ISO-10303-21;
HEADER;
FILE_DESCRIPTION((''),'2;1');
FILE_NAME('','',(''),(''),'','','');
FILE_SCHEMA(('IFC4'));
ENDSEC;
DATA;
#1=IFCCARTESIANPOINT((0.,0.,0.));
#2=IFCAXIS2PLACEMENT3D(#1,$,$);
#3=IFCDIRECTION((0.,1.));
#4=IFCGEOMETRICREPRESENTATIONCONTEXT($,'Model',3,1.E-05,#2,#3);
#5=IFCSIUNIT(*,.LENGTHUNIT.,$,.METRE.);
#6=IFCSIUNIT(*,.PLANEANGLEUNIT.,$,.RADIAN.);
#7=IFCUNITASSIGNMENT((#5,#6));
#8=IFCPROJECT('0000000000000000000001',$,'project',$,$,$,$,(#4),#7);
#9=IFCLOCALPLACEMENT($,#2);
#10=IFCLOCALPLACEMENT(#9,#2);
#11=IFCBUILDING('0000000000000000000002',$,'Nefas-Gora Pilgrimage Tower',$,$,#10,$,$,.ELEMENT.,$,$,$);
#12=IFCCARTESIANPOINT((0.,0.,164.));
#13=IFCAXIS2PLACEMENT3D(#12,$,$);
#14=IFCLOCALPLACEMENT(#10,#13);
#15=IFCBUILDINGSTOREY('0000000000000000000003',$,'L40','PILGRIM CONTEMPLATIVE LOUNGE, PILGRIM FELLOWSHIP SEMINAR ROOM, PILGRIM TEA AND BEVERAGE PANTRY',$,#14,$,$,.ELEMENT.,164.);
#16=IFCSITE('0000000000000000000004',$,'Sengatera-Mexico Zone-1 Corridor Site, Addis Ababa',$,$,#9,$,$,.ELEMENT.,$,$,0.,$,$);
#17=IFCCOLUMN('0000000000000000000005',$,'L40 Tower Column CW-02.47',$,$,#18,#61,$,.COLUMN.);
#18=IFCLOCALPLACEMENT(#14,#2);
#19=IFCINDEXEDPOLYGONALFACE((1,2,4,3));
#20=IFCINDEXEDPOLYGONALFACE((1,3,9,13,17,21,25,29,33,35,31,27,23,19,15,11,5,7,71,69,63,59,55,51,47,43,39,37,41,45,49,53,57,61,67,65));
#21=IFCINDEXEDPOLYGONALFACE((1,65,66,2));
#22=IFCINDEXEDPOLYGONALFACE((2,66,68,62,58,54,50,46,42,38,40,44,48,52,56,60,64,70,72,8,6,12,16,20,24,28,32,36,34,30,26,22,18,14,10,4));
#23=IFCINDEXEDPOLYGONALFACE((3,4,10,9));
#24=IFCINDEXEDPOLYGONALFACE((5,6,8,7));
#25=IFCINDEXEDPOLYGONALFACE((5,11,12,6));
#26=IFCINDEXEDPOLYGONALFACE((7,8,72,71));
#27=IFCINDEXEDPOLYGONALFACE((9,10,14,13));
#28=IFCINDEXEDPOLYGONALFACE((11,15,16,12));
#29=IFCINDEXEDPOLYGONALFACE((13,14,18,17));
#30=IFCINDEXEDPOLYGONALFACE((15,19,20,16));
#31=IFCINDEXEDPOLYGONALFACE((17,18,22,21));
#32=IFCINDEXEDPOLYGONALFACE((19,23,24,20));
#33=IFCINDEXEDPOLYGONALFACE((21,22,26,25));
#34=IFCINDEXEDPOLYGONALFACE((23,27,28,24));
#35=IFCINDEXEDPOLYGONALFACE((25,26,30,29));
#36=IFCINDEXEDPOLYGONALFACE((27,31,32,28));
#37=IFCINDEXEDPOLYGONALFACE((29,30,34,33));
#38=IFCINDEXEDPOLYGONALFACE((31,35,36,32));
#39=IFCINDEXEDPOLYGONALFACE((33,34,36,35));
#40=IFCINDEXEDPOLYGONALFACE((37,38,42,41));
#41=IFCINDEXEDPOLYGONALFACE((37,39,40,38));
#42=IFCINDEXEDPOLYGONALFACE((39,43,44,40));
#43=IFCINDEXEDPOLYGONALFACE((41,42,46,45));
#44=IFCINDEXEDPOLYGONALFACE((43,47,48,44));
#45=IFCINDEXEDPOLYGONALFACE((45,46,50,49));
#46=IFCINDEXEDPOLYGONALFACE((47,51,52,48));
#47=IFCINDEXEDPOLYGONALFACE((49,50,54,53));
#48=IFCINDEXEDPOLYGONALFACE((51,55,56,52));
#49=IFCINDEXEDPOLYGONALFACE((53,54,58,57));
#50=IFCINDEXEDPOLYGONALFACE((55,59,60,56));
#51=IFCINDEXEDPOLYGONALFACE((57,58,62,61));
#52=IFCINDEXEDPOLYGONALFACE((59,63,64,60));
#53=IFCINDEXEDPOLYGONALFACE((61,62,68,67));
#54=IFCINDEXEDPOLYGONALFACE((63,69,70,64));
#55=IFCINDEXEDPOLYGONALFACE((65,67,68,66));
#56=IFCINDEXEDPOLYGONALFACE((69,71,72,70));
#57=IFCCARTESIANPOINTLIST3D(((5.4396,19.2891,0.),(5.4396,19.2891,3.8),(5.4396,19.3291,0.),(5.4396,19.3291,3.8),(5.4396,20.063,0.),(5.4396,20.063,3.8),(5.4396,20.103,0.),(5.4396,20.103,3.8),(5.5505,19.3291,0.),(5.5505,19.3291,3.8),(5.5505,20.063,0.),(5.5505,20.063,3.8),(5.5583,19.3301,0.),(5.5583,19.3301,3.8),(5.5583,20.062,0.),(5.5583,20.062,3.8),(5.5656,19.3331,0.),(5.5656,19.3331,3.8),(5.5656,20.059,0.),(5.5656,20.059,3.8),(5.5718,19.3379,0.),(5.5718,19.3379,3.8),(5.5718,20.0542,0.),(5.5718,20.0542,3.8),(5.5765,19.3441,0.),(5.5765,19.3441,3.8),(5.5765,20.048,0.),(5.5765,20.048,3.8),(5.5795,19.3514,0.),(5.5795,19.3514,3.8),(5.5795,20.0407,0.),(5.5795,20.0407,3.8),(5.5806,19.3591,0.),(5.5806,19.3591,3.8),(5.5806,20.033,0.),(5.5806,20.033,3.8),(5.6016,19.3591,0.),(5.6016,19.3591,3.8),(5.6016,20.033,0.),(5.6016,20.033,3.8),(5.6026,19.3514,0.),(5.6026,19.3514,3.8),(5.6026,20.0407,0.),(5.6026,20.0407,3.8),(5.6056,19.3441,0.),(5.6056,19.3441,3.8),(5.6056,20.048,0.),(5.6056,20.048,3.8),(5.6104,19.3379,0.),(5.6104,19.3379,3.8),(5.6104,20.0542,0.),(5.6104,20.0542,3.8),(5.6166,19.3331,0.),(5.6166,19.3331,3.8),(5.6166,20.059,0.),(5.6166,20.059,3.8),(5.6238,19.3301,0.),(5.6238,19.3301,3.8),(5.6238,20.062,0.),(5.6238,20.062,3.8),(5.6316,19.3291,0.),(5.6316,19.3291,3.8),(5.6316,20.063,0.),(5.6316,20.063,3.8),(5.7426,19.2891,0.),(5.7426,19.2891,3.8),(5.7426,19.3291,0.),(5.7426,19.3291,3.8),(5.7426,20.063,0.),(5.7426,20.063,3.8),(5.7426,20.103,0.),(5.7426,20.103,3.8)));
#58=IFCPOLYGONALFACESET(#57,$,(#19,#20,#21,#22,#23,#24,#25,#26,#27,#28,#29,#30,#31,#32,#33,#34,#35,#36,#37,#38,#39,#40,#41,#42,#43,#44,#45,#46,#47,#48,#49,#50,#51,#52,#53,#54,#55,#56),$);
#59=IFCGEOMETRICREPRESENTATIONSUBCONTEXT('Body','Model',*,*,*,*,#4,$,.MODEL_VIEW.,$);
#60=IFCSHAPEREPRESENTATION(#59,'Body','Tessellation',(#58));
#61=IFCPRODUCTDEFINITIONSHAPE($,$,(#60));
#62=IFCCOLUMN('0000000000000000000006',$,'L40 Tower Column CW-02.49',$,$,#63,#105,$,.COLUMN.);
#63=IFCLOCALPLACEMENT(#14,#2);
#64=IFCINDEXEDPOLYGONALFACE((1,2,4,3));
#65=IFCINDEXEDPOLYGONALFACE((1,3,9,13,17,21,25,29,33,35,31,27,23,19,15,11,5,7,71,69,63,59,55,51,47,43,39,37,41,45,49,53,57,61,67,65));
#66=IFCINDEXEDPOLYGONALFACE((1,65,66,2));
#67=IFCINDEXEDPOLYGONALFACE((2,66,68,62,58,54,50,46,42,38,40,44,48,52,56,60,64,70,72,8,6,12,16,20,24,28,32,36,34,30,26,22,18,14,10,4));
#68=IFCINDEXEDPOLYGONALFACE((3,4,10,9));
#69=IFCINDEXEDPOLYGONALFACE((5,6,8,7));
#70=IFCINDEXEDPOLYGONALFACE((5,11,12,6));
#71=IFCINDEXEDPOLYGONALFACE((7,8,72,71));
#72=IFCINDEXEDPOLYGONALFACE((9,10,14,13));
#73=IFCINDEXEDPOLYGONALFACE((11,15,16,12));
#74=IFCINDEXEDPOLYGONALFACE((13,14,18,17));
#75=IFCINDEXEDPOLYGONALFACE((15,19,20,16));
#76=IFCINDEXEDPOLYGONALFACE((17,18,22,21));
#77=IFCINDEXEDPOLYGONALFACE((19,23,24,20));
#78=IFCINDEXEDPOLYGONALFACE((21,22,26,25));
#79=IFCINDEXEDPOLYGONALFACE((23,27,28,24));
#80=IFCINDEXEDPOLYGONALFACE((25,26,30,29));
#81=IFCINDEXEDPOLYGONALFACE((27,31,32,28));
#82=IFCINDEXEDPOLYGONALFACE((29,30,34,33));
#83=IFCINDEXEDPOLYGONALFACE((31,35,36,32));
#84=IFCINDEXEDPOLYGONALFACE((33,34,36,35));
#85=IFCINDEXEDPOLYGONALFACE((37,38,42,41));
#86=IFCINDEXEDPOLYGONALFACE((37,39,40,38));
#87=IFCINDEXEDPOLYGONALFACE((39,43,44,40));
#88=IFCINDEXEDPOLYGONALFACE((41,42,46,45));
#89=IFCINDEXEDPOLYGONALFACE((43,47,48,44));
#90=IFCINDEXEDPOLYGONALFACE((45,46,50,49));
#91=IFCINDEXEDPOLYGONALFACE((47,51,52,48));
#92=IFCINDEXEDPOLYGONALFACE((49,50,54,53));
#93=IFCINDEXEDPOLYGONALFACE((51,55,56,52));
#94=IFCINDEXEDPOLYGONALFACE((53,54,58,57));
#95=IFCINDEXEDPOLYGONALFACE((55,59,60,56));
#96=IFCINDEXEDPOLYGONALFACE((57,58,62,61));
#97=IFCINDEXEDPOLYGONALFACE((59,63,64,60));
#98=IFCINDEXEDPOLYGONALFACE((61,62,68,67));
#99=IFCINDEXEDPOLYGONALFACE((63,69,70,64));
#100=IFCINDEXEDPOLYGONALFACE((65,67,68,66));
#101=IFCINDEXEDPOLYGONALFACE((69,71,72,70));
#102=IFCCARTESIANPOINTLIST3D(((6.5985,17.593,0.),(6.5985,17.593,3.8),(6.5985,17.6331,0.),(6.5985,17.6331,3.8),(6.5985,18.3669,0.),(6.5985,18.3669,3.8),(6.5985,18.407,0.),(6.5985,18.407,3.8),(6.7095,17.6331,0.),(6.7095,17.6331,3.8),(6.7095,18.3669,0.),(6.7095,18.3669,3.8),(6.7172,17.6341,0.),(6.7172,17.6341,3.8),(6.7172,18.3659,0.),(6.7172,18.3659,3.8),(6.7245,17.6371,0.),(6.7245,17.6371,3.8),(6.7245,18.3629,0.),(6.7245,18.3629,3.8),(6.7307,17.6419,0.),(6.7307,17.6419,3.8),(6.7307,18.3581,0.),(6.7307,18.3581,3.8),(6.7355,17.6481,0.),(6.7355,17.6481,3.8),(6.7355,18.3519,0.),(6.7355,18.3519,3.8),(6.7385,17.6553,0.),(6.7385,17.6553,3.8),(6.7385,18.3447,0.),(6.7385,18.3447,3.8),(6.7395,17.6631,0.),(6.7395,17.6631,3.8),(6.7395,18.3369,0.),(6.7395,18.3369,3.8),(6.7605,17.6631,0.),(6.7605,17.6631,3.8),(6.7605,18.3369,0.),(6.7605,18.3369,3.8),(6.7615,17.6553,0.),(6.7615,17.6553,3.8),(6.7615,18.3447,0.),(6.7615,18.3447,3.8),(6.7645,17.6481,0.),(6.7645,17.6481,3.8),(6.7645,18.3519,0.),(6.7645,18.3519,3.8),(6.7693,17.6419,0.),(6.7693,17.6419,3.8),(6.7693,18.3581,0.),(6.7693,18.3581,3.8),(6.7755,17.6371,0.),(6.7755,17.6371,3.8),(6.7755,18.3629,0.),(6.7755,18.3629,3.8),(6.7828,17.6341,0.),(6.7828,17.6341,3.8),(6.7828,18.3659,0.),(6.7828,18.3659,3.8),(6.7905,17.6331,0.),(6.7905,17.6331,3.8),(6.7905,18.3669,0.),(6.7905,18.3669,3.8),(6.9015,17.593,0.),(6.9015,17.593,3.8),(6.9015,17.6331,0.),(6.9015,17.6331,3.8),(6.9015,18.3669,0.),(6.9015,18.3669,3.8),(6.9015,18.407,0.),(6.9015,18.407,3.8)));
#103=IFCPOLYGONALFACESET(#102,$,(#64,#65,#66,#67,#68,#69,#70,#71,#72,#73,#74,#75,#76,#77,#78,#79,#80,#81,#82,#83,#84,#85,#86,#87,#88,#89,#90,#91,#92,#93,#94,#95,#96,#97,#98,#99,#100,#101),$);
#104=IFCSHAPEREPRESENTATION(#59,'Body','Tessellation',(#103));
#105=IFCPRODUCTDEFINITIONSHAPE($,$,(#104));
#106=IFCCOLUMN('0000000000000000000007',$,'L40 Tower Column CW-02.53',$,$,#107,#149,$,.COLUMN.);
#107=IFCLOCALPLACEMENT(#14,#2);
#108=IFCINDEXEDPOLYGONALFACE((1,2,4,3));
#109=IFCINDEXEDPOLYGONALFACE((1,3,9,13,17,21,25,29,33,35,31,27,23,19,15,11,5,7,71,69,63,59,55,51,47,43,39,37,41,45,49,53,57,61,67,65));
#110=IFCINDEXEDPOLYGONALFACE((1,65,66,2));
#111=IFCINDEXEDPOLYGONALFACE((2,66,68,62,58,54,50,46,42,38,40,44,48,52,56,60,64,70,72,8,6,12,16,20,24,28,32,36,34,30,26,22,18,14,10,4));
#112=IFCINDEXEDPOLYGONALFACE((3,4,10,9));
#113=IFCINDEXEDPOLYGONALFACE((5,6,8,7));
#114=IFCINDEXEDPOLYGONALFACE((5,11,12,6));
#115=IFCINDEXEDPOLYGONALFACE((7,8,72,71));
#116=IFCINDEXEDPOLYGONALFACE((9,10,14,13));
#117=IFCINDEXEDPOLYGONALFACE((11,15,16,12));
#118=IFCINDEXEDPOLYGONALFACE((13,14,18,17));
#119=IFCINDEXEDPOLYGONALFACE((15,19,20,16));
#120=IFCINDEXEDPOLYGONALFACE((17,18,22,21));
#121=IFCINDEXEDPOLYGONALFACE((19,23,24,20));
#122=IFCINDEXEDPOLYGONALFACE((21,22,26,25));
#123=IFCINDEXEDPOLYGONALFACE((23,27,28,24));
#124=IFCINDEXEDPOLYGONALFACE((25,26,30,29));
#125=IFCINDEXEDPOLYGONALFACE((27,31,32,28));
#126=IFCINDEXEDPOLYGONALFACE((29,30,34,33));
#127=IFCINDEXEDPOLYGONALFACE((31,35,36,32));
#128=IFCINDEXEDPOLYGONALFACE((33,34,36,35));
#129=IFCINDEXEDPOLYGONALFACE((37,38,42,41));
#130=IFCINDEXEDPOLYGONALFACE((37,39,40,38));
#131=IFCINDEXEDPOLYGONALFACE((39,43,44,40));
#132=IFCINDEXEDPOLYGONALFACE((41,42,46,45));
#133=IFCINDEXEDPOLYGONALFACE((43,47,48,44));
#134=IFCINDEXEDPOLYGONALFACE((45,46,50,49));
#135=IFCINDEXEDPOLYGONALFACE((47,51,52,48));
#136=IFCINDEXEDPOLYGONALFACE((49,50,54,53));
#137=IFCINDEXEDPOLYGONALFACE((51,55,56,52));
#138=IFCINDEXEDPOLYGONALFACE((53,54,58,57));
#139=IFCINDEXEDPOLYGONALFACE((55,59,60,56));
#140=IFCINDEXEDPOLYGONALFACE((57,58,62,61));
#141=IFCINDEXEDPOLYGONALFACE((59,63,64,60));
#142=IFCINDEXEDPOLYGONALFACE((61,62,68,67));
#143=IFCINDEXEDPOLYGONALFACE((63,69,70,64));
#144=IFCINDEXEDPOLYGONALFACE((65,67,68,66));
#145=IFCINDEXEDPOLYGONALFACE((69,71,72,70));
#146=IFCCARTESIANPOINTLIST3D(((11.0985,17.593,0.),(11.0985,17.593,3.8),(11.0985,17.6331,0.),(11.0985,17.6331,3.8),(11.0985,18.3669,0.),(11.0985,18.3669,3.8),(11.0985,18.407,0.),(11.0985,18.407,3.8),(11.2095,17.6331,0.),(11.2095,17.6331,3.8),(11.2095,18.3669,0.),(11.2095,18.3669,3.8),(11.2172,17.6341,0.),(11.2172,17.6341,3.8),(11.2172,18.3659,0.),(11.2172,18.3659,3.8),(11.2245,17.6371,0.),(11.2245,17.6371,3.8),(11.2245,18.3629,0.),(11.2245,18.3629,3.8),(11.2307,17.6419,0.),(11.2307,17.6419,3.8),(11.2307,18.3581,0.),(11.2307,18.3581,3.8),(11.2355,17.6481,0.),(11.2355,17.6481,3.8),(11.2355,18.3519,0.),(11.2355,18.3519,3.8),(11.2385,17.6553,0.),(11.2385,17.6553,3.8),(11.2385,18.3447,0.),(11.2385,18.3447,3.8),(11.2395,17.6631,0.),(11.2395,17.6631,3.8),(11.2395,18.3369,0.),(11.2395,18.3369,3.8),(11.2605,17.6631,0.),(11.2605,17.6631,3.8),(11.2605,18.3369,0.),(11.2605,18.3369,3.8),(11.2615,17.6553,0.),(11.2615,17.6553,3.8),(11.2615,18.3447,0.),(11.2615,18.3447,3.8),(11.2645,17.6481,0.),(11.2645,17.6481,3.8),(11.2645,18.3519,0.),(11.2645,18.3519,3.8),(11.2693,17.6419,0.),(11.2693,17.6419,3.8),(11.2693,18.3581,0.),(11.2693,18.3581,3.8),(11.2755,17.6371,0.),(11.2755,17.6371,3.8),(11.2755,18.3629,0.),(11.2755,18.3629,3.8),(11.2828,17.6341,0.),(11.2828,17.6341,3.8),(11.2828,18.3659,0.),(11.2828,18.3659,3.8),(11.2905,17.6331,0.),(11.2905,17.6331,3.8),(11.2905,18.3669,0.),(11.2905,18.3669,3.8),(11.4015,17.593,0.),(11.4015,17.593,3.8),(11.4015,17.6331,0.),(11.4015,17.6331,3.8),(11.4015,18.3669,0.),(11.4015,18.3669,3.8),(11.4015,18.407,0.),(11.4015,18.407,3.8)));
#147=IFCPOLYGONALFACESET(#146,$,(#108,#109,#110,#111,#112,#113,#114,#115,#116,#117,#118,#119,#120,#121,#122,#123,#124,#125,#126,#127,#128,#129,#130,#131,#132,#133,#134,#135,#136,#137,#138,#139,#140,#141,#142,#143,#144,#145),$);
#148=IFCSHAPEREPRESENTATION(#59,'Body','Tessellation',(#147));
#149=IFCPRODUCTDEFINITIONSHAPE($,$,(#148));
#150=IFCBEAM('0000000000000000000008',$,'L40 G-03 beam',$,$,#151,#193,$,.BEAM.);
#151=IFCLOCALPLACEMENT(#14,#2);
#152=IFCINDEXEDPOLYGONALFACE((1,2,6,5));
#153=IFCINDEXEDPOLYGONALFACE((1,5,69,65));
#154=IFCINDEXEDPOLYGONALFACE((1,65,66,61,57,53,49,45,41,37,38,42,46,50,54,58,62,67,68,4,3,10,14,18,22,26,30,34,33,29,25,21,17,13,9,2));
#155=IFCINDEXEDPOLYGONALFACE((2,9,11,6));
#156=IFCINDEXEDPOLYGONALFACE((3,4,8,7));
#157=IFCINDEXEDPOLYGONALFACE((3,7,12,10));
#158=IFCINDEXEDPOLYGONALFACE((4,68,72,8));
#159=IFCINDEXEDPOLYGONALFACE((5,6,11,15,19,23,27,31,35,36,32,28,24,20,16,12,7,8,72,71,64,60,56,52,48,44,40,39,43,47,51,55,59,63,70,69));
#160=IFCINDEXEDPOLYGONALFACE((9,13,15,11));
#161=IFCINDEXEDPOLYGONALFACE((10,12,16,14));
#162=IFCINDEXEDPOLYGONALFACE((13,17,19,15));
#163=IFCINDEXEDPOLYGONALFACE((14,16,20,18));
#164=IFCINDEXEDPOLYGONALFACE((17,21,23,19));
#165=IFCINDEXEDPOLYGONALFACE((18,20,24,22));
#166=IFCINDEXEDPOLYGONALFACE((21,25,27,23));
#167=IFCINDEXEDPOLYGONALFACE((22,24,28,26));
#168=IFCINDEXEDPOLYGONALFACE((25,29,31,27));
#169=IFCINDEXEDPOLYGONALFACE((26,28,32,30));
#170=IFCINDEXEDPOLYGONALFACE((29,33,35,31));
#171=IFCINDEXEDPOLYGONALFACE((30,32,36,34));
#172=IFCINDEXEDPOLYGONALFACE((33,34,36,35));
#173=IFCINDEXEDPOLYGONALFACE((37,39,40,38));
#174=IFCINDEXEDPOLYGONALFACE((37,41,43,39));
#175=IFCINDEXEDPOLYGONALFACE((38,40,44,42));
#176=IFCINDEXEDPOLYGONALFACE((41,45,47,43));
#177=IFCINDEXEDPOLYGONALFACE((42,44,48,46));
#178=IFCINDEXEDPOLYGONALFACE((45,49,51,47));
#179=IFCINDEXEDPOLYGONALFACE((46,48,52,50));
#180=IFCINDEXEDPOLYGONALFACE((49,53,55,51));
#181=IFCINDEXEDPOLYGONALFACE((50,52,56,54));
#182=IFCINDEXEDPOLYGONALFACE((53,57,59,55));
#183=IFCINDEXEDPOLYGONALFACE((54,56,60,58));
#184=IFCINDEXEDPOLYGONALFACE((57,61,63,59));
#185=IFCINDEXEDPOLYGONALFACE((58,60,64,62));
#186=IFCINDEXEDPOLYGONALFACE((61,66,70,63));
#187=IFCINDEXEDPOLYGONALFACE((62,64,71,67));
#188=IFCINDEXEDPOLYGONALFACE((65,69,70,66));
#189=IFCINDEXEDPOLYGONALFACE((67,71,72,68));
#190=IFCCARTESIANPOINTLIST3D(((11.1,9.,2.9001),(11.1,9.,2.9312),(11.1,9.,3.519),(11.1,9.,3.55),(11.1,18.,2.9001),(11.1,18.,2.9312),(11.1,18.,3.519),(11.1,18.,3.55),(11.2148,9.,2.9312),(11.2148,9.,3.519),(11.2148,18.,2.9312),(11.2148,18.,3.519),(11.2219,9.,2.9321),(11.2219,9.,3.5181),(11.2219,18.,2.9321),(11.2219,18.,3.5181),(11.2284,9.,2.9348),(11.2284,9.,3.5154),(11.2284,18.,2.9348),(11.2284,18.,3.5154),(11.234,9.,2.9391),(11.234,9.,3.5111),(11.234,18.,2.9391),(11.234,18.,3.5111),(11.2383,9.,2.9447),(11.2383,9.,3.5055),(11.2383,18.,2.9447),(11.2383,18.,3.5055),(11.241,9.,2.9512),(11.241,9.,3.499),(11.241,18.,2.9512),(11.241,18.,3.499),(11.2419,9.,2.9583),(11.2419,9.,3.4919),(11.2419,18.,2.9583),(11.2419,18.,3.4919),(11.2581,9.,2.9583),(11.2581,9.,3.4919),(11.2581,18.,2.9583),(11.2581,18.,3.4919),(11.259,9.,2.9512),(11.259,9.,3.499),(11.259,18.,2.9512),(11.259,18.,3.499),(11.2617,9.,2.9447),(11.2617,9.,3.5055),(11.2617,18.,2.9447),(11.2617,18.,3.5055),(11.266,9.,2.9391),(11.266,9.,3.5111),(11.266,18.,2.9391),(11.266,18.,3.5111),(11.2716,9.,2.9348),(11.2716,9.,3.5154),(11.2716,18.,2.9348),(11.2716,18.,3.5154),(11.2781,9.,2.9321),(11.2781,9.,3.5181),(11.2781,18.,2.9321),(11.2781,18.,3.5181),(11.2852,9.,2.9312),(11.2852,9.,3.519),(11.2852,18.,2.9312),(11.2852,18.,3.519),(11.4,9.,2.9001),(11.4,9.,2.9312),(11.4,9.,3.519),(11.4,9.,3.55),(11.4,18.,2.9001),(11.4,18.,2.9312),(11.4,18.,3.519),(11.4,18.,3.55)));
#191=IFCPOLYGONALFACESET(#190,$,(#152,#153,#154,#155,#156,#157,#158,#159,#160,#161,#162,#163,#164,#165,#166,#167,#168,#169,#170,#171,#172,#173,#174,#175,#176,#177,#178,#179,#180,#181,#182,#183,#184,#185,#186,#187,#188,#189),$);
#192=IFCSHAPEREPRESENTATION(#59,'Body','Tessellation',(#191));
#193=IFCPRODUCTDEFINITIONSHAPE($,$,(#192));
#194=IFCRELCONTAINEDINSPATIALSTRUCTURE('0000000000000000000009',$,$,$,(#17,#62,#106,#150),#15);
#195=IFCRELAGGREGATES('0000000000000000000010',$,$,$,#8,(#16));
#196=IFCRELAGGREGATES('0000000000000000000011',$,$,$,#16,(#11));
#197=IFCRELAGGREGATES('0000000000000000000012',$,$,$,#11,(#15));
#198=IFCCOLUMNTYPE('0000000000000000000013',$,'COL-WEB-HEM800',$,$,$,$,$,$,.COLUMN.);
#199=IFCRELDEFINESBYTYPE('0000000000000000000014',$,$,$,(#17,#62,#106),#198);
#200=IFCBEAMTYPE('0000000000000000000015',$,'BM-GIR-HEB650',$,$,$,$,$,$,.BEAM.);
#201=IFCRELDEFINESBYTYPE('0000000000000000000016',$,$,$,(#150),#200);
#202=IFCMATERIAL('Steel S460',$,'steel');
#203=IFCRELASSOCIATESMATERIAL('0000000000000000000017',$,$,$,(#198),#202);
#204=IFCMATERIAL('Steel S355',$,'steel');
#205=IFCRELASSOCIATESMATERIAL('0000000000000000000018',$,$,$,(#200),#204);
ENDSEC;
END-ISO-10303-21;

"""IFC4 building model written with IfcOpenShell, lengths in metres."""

from ifc_helpers import new_model, si_unit, direction, frame, origin, origin_2d, place, context, subcontext, project, spatial, i_section, extrude, source, transform, mapped, material, material_profile, profile_set, type_object, element, save


model = new_model("IFC4")

# Units and contexts
model_context = context("Model", 3, precision=1e-05, world=origin(), true_north=direction((0.0, 1.0)))
body_context = subcontext(model_context, "Body", "Model", "MODEL_VIEW")
ifc_project = project(units=[si_unit("LENGTHUNIT", "METRE"), si_unit("PLANEANGLEUNIT", "RADIAN")], contexts=[model_context])

# Site, building, storey
site_placement = place(None, origin())
site = spatial("IfcSite", under=ifc_project, at=site_placement, Name="Sengatera-Mexico Zone-1 Corridor Site, Addis Ababa", CompositionType="ELEMENT", RefElevation=0.0)
building_placement = place(site_placement, origin())
building = spatial("IfcBuilding", under=site, at=building_placement, Name="Nefas-Gora Pilgrimage Tower", CompositionType="ELEMENT")
storey_placement = place(building_placement, frame((0.0, 0.0, 164.0)))
storey = spatial("IfcBuildingStorey", under=building, at=storey_placement, Name="L40", Description="PILGRIM CONTEMPLATIVE LOUNGE, PILGRIM FELLOWSHIP SEMINAR ROOM, PILGRIM TEA AND BEVERAGE PANTRY", CompositionType="ELEMENT", Elevation=164.0)

# Columns
ifc_material_1 = material(Name="Steel S460", Category="steel")
ifc_material_profile_1 = material_profile(ifc_material_1, i_section(OverallWidth=0.303, OverallDepth=0.814, WebThickness=0.021, FlangeThickness=0.04, FilletRadius=0.03, at=origin_2d()), Name="HEM 800")
ifc_profile_set_1 = profile_set([ifc_material_profile_1], Name="Steel S460")
column_type_1 = type_object("IfcColumnType", Name="COL-WEB-HEM800", PredefinedType="COLUMN", material=ifc_profile_set_1)
shared_shape_1 = source(origin(), body_context, "Body", "SweptSolid", [
    extrude(i_section(OverallWidth=0.303, OverallDepth=0.814, WebThickness=0.021, FlangeThickness=0.04, FilletRadius=0.03, at=origin_2d()), origin(), (0.0, 0.0, 1.0), 3.8),
])
for number, where, z_axis, x_axis, name in (
    (1, (5.5911, 19.696, 0.0), (0.0, 0.0, 1.0), (1.0, 0.0, 0.0), "L40 Tower Column CW-02.47"),
    (2, (6.75, 18.0, 0.0), (0.0, 0.0, 1.0), (1.0, 0.0, 0.0), "L40 Tower Column CW-02.49"),
    (3, (11.25, 18.0, 0.0), (0.0, 0.0, 1.0), (1.0, 0.0, 0.0), "L40 Tower Column CW-02.53"),
):
    element("IfcColumn", number, at=place(storey_placement, frame(where, z_axis=z_axis, x_axis=x_axis)), inside=storey, type_object=column_type_1, Name=name, PredefinedType="COLUMN", context=body_context, shape_type="MappedRepresentation", body=[
        mapped(shared_shape_1, transform((0.0, 0.0, 0.0), x_axis=(1.0, 0.0, 0.0), y_axis=(0.0, 1.0, 0.0), z_axis=(0.0, 0.0, 1.0), scale=1.0)),
    ])

# Beam
ifc_material_2 = material(Name="Steel S355", Category="steel")
ifc_material_profile_2 = material_profile(ifc_material_2, i_section(OverallWidth=0.3, OverallDepth=0.6499, WebThickness=0.0161, FlangeThickness=0.031, FilletRadius=0.0271, at=origin_2d()), Name="HEB 650")
ifc_profile_set_2 = profile_set([ifc_material_profile_2], Name="Steel S355")
beam_type = type_object("IfcBeamType", Name="BM-GIR-HEB650", PredefinedType="BEAM", material=ifc_profile_set_2)
shared_shape_2 = source(origin(), body_context, "Body", "SweptSolid", [
    extrude(i_section(OverallWidth=0.3, OverallDepth=0.6499, WebThickness=0.0161, FlangeThickness=0.031, FilletRadius=0.0271, at=origin_2d()), origin(), (0.0, 0.0, 1.0), 9.0),
])
beam_placement = place(storey_placement, frame((11.25, 9.0, 3.2251), z_axis=(0.0, 1.0, 0.0), x_axis=(-1.0, 0.0, 0.0)))
element("IfcBeam", 4, at=beam_placement, inside=storey, type_object=beam_type, Name="L40 G-03 beam", PredefinedType="BEAM", context=body_context, shape_type="MappedRepresentation", body=[
    mapped(shared_shape_2, transform((0.0, 0.0, 0.0), x_axis=(1.0, 0.0, 0.0), y_axis=(0.0, 1.0, 0.0), z_axis=(0.0, 0.0, 1.0), scale=1.0)),
])

save(model, "model.ifc")
